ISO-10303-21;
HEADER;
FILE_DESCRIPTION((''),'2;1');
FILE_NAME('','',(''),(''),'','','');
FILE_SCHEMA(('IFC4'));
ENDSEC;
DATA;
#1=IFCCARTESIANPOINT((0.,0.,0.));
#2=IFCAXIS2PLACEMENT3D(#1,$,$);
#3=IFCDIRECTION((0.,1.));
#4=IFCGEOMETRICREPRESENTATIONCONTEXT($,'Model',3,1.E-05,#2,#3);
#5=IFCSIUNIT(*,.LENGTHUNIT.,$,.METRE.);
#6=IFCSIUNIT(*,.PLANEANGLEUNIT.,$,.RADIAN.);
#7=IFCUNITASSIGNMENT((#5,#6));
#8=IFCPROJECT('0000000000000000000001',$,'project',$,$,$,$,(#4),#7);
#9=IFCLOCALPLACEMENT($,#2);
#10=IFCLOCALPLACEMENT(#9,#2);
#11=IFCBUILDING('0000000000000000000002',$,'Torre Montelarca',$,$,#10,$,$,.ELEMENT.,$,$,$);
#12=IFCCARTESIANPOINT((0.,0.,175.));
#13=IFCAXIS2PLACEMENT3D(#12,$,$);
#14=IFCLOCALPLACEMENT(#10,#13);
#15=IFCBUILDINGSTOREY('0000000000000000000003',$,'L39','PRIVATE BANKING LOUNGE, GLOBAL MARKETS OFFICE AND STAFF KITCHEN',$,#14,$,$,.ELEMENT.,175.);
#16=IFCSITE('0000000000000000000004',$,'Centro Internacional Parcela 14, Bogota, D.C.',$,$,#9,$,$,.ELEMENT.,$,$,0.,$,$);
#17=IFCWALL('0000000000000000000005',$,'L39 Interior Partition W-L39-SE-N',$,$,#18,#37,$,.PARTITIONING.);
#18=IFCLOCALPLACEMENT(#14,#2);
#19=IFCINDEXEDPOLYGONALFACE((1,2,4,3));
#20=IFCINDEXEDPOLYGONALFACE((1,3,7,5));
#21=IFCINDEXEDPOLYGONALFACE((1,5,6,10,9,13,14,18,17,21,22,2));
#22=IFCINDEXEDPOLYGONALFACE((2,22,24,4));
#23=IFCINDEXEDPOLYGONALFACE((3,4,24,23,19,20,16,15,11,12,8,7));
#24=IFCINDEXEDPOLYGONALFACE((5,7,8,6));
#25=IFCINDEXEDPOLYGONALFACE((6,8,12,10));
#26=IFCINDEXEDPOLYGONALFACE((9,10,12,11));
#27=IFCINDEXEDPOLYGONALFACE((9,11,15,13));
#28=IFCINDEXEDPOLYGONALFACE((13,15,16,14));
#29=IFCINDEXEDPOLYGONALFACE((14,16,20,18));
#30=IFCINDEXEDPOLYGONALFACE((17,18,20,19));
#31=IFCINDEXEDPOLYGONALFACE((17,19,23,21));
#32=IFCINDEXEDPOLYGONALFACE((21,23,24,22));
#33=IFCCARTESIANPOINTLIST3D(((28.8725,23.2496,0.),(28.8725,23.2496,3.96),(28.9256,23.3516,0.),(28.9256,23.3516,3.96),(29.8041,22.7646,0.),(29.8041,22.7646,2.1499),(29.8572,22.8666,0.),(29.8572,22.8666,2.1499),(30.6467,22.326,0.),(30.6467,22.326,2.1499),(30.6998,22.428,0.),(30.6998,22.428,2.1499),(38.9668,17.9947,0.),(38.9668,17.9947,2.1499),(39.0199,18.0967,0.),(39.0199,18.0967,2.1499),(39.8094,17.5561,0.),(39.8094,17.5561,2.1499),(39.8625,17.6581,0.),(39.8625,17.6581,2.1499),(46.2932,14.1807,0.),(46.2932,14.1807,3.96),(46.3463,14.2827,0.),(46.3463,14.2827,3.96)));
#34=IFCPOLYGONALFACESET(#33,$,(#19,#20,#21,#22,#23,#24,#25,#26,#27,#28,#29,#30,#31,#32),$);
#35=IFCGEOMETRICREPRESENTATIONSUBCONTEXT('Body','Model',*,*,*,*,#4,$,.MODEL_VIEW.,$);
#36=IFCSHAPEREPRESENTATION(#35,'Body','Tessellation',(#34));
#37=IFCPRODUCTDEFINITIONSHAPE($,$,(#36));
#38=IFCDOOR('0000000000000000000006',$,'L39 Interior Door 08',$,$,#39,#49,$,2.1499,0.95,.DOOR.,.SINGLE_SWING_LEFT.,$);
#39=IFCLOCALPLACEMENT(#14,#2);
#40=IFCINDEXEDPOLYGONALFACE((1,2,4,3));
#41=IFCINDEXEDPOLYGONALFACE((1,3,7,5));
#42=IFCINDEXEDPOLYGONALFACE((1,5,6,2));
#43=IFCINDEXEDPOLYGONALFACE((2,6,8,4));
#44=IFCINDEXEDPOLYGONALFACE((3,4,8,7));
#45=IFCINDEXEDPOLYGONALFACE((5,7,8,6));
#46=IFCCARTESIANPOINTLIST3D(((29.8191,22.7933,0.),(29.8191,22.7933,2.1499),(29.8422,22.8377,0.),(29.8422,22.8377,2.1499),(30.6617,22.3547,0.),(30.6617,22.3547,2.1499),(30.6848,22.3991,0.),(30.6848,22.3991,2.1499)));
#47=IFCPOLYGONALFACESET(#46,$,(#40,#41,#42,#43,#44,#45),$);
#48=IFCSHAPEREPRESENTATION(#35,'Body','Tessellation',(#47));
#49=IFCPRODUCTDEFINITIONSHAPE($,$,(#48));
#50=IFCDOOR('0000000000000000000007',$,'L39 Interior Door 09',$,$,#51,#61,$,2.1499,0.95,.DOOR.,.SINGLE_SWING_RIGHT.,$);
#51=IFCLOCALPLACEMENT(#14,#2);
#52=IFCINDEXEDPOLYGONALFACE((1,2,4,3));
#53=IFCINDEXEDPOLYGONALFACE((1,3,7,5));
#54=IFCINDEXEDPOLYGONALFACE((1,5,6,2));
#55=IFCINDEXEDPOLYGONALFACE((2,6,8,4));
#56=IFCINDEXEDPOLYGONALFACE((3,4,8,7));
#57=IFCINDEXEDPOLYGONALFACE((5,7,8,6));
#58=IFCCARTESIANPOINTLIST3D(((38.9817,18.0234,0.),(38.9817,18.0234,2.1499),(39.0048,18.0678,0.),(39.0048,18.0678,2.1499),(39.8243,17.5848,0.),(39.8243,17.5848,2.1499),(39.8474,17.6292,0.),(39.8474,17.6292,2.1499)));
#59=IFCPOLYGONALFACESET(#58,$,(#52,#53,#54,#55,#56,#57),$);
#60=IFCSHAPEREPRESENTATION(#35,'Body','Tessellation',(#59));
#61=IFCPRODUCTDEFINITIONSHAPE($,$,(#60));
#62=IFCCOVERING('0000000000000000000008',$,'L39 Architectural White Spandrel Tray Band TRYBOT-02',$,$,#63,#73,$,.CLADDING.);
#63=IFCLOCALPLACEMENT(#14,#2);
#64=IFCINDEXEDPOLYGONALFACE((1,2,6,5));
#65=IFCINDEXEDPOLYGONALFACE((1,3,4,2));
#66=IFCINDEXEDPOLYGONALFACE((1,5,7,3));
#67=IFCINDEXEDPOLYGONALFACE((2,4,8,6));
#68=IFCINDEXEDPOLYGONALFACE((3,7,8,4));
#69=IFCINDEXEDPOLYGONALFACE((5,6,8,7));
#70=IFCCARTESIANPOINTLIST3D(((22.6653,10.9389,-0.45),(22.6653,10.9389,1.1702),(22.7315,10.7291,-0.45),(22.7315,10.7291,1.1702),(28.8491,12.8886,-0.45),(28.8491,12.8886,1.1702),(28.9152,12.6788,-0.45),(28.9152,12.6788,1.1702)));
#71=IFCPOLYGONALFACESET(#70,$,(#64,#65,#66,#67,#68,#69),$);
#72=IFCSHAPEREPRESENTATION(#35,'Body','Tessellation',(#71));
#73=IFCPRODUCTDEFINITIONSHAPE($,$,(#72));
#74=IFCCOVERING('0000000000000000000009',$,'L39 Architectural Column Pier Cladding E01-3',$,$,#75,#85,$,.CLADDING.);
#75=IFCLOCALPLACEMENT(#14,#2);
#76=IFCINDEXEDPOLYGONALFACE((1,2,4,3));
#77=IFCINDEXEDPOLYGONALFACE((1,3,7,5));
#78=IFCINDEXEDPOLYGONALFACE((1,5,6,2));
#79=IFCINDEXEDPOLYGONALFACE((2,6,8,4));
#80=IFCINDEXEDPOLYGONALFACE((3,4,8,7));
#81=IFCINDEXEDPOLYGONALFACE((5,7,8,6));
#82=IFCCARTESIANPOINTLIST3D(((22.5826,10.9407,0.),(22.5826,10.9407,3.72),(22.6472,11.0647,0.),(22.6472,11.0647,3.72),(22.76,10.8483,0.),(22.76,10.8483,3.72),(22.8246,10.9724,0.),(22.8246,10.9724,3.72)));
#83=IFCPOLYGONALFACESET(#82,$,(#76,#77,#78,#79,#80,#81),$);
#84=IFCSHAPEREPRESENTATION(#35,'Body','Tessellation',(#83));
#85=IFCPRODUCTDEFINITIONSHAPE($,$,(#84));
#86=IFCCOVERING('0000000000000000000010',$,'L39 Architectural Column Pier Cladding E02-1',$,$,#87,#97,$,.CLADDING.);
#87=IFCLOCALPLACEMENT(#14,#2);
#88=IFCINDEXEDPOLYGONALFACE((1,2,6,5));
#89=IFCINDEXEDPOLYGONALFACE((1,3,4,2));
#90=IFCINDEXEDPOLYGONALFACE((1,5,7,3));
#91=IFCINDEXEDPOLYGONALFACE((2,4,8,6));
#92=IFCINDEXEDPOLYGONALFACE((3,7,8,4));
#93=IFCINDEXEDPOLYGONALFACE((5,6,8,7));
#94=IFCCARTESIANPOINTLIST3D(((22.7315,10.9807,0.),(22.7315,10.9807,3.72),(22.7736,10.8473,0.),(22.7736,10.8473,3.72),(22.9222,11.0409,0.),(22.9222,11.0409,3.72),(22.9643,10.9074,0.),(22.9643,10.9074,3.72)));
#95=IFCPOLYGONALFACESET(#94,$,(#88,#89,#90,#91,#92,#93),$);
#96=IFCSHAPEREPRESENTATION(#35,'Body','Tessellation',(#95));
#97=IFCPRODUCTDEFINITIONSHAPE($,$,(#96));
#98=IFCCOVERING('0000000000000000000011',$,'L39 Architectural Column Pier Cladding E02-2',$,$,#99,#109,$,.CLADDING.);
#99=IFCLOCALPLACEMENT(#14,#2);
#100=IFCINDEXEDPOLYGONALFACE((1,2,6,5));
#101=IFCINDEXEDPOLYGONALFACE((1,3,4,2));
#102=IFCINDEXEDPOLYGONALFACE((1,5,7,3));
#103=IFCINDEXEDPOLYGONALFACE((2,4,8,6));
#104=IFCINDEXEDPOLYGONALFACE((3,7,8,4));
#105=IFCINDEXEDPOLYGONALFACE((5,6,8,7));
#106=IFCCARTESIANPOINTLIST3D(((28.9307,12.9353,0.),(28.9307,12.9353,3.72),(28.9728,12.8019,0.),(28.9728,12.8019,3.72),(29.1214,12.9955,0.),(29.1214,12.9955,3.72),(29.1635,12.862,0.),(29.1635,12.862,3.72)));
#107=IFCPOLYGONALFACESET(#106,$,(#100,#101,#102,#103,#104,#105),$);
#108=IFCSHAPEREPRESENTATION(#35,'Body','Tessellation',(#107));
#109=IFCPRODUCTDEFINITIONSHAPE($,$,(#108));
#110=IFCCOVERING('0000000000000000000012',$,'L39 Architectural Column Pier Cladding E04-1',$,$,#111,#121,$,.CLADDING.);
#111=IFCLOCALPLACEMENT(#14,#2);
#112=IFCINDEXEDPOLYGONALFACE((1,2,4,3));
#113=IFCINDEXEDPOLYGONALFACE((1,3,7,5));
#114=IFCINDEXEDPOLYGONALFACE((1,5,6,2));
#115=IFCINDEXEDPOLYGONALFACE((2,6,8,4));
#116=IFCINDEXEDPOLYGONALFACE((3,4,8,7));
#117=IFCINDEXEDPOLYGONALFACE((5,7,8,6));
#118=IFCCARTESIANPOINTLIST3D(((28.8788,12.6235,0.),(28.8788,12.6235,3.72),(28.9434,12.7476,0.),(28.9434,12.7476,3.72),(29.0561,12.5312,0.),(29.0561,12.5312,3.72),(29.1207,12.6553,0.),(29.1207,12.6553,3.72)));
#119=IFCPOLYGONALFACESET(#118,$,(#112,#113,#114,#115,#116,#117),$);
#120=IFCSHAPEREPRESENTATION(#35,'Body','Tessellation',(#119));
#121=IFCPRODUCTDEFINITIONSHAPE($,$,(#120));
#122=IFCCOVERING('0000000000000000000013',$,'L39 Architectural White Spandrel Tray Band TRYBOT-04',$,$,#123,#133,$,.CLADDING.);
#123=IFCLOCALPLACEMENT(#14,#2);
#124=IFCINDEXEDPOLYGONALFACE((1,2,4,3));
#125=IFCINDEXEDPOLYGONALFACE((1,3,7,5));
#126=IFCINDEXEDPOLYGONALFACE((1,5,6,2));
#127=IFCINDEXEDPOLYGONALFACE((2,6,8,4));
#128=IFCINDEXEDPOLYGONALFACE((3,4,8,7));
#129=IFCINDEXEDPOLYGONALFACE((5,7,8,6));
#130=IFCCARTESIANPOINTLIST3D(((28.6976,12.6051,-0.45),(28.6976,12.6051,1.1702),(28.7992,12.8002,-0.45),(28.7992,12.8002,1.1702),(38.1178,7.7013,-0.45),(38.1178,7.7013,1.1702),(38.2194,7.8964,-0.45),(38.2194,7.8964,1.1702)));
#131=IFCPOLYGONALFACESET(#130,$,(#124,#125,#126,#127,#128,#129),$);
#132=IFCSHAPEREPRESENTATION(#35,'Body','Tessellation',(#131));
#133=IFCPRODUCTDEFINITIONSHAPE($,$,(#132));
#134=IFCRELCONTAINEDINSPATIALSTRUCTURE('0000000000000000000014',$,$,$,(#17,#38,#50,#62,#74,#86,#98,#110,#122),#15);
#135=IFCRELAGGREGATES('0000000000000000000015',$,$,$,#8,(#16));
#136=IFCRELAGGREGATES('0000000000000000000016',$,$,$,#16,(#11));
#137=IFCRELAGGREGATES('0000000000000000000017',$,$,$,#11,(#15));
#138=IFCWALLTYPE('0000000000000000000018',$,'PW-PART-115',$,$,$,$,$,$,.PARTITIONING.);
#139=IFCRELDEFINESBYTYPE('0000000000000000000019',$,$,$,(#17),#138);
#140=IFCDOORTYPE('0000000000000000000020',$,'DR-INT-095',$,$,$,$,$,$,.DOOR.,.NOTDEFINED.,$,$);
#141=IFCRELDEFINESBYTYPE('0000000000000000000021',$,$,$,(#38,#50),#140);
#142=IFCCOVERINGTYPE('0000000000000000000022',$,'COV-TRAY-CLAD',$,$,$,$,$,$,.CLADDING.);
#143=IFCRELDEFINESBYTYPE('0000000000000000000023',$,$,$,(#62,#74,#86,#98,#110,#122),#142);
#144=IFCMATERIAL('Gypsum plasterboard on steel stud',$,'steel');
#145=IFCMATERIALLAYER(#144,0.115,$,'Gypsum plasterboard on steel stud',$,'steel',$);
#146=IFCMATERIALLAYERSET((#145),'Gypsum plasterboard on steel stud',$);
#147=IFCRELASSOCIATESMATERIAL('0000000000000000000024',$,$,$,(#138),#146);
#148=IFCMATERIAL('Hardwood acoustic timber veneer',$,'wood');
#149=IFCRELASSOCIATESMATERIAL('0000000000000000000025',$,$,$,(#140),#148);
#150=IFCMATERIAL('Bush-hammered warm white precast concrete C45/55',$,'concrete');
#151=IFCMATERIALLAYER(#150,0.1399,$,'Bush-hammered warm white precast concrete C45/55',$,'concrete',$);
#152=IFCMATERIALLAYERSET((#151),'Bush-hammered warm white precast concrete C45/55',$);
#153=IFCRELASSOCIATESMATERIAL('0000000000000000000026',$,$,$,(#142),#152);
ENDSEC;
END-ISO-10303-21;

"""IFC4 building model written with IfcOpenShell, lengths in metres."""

from ifc_helpers import new_model, si_unit, direction, frame, frame_2d, origin, origin_2d, place, context, subcontext, project, spatial, rectangle, extrude, source, transform, mapped, material, layer, layer_set, type_object, element, fill, save


model = new_model("IFC4")

# Units and contexts
model_context = context("Model", 3, precision=1e-05, world=origin(), true_north=direction((0.0, 1.0)))
body_context = subcontext(model_context, "Body", "Model", "MODEL_VIEW")
ifc_project = project(units=[si_unit("LENGTHUNIT", "METRE"), si_unit("PLANEANGLEUNIT", "RADIAN")], contexts=[model_context])

# Site, building, storey
site_placement = place(None, origin())
site = spatial("IfcSite", under=ifc_project, at=site_placement, Name="Centro Internacional Parcela 14, Bogota, D.C.", CompositionType="ELEMENT", RefElevation=0.0)
building_placement = place(site_placement, origin())
building = spatial("IfcBuilding", under=site, at=building_placement, Name="Torre Montelarca", CompositionType="ELEMENT")
storey_placement = place(building_placement, frame((0.0, 0.0, 175.0)))
storey = spatial("IfcBuildingStorey", under=building, at=storey_placement, Name="L39", Description="PRIVATE BANKING LOUNGE, GLOBAL MARKETS OFFICE AND STAFF KITCHEN", CompositionType="ELEMENT", Elevation=175.0)

# Shared definitions
ifc_material_1 = material(Name="Gypsum plasterboard on steel stud", Category="steel")

# Wall, openings, doors
ifc_layer_1 = layer(ifc_material_1, 0.115, Name="Gypsum plasterboard on steel stud", Category="steel")
ifc_layer_set_1 = layer_set([ifc_layer_1], Name="Gypsum plasterboard on steel stud")
wall_type_1 = type_object("IfcWallType", Name="PW-PART-115", PredefinedType="PARTITIONING", material=ifc_layer_set_1)
wall_1_placement = place(storey_placement, frame((28.8992, 23.3005, 0.0), z_axis=(0.0, 0.0, 1.0), x_axis=(0.887006, -0.461758, 0.0)))
wall_1 = element("IfcWall", 1, at=wall_1_placement, inside=storey, type_object=wall_type_1, Name="L39 Interior Partition W-L39-SE-N", PredefinedType="PARTITIONING", context=body_context, shape_type="SweptSolid", body=[
    extrude(rectangle(XDim=19.6399, YDim=0.115, at=frame_2d((9.8198, 0.0))), origin(), (0.0, 0.0, 1.0), 3.96),
])
opening_1_placement = place(wall_1_placement, frame((1.05, 0.0, 0.0)))
opening_1 = element("IfcOpeningElement", 2, at=opening_1_placement, cuts=wall_1, PredefinedType="OPENING", context=body_context, shape_type="SweptSolid", body=[
    extrude(rectangle(XDim=0.95, YDim=2.1499, at=frame_2d((0.4751, 1.075))), frame((0.0, 0.0674, 0.0), z_axis=(0.0, -1.0, 0.0), x_axis=(1.0, 0.0, 0.0)), (0.0, 0.0, 1.0), 0.135),
])
opening_2_placement = place(wall_1_placement, frame((11.3799, 0.0, 0.0)))
opening_2 = element("IfcOpeningElement", 3, at=opening_2_placement, cuts=wall_1, PredefinedType="OPENING", context=body_context, shape_type="SweptSolid", body=[
    extrude(rectangle(XDim=0.95, YDim=2.1499, at=frame_2d((0.4751, 1.075))), frame((0.0, 0.0674, 0.0), z_axis=(0.0, -1.0, 0.0), x_axis=(1.0, 0.0, 0.0)), (0.0, 0.0, 1.0), 0.135),
])
ifc_material_2 = material(Name="Hardwood acoustic timber veneer", Category="wood")
door_type = type_object("IfcDoorType", Name="DR-INT-095", OperationType="NOTDEFINED", PredefinedType="DOOR", material=ifc_material_2)
shared_shape_1 = source(origin(), body_context, "Body", "SweptSolid", [
    extrude(rectangle(XDim=0.95, YDim=2.1499, at=frame_2d((0.4751, 1.075))), frame((0.0, 0.0249, 0.0), z_axis=(0.0, -1.0, 0.0), x_axis=(1.0, 0.0, 0.0)), (0.0, 0.0, 1.0), 0.05),
])
door_1_placement = place(opening_1_placement, origin())
door_1 = element("IfcDoor", 4, at=door_1_placement, inside=storey, type_object=door_type, Name="L39 Interior Door 08", OperationType="SINGLE_SWING_LEFT", OverallHeight=2.1499, OverallWidth=0.95, PredefinedType="DOOR", context=body_context, shape_type="MappedRepresentation", body=[
    mapped(shared_shape_1, transform((0.0, 0.0, 0.0), scale=1.0)),
])
fill(opening_1, door_1)
door_2_placement = place(opening_2_placement, origin())
door_2 = element("IfcDoor", 5, at=door_2_placement, inside=storey, type_object=door_type, Name="L39 Interior Door 09", OperationType="SINGLE_SWING_RIGHT", OverallHeight=2.1499, OverallWidth=0.95, PredefinedType="DOOR", context=body_context, shape_type="MappedRepresentation", body=[
    mapped(shared_shape_1, transform((0.0, 0.0, 0.0), scale=1.0)),
])
fill(opening_2, door_2)

# Coverings
ifc_material_3 = material(Name="Bush-hammered warm white precast concrete C45/55", Category="concrete")
ifc_layer_2 = layer(ifc_material_3, 0.1399, Name="Bush-hammered warm white precast concrete C45/55", Category="concrete")
ifc_layer_set_2 = layer_set([ifc_layer_2], Name="Bush-hammered warm white precast concrete C45/55")
covering_type = type_object("IfcCoveringType", Name="COV-TRAY-CLAD", PredefinedType="CLADDING", material=ifc_layer_set_2)
shared_shape_2 = source(origin(), body_context, "Body", "SweptSolid", [
    extrude(rectangle(XDim=6.4839, YDim=0.22, at=origin_2d()), origin(), (0.0, 0.0, 1.0), 1.6201),
])
covering_1_placement = place(storey_placement, frame((25.7903, 11.8088, -0.45), z_axis=(0.0, 0.0, 1.0), x_axis=(0.953716, 0.300709, 0.0)))
element("IfcCovering", 6, at=covering_1_placement, inside=storey, type_object=covering_type, Name="L39 Architectural White Spandrel Tray Band TRYBOT-02", PredefinedType="CLADDING", context=body_context, shape_type="MappedRepresentation", body=[
    mapped(shared_shape_2, transform((0.0, 0.0, 0.0), scale=1.0)),
])
shared_shape_3 = source(origin(), body_context, "Body", "SweptSolid", [
    extrude(rectangle(XDim=0.2, YDim=0.1399, at=origin_2d()), origin(), (0.0, 0.0, 1.0), 3.72),
])
for number, where, z_axis, x_axis, name in (
    (7, (22.7036, 10.9565, 0.0), (0.0, 0.0, 1.0), (0.887011, -0.461749, 0.0), "L39 Architectural Column Pier Cladding E01-3"),
    (8, (22.8479, 10.9441, 0.0), (0.0, 0.0, 1.0), (0.953716, 0.300709, 0.0), "L39 Architectural Column Pier Cladding E02-1"),
    (9, (29.0471, 12.8987, 0.0), (0.0, 0.0, 1.0), (0.953716, 0.300709, 0.0), "L39 Architectural Column Pier Cladding E02-2"),
    (10, (28.9998, 12.6394, 0.0), (0.0, 0.0, 1.0), (0.887012, -0.461747, 0.0), "L39 Architectural Column Pier Cladding E04-1"),
):
    element("IfcCovering", number, at=place(storey_placement, frame(where, z_axis=z_axis, x_axis=x_axis)), inside=storey, type_object=covering_type, Name=name, PredefinedType="CLADDING", context=body_context, shape_type="MappedRepresentation", body=[
        mapped(shared_shape_3, transform((0.0, 0.0, 0.0), scale=1.0)),
    ])
shared_shape_4 = source(origin(), body_context, "Body", "SweptSolid", [
    extrude(rectangle(XDim=10.6201, YDim=0.22, at=origin_2d()), origin(), (0.0, 0.0, 1.0), 1.6201),
])
covering_2_placement = place(storey_placement, frame((33.4585, 10.2507, -0.45), z_axis=(0.0, 0.0, 1.0), x_axis=(0.887013, -0.461744, 0.0)))
element("IfcCovering", 11, at=covering_2_placement, inside=storey, type_object=covering_type, Name="L39 Architectural White Spandrel Tray Band TRYBOT-04", PredefinedType="CLADDING", context=body_context, shape_type="MappedRepresentation", body=[
    mapped(shared_shape_4, transform((0.0, 0.0, 0.0), scale=1.0)),
])

save(model, "model.ifc")
